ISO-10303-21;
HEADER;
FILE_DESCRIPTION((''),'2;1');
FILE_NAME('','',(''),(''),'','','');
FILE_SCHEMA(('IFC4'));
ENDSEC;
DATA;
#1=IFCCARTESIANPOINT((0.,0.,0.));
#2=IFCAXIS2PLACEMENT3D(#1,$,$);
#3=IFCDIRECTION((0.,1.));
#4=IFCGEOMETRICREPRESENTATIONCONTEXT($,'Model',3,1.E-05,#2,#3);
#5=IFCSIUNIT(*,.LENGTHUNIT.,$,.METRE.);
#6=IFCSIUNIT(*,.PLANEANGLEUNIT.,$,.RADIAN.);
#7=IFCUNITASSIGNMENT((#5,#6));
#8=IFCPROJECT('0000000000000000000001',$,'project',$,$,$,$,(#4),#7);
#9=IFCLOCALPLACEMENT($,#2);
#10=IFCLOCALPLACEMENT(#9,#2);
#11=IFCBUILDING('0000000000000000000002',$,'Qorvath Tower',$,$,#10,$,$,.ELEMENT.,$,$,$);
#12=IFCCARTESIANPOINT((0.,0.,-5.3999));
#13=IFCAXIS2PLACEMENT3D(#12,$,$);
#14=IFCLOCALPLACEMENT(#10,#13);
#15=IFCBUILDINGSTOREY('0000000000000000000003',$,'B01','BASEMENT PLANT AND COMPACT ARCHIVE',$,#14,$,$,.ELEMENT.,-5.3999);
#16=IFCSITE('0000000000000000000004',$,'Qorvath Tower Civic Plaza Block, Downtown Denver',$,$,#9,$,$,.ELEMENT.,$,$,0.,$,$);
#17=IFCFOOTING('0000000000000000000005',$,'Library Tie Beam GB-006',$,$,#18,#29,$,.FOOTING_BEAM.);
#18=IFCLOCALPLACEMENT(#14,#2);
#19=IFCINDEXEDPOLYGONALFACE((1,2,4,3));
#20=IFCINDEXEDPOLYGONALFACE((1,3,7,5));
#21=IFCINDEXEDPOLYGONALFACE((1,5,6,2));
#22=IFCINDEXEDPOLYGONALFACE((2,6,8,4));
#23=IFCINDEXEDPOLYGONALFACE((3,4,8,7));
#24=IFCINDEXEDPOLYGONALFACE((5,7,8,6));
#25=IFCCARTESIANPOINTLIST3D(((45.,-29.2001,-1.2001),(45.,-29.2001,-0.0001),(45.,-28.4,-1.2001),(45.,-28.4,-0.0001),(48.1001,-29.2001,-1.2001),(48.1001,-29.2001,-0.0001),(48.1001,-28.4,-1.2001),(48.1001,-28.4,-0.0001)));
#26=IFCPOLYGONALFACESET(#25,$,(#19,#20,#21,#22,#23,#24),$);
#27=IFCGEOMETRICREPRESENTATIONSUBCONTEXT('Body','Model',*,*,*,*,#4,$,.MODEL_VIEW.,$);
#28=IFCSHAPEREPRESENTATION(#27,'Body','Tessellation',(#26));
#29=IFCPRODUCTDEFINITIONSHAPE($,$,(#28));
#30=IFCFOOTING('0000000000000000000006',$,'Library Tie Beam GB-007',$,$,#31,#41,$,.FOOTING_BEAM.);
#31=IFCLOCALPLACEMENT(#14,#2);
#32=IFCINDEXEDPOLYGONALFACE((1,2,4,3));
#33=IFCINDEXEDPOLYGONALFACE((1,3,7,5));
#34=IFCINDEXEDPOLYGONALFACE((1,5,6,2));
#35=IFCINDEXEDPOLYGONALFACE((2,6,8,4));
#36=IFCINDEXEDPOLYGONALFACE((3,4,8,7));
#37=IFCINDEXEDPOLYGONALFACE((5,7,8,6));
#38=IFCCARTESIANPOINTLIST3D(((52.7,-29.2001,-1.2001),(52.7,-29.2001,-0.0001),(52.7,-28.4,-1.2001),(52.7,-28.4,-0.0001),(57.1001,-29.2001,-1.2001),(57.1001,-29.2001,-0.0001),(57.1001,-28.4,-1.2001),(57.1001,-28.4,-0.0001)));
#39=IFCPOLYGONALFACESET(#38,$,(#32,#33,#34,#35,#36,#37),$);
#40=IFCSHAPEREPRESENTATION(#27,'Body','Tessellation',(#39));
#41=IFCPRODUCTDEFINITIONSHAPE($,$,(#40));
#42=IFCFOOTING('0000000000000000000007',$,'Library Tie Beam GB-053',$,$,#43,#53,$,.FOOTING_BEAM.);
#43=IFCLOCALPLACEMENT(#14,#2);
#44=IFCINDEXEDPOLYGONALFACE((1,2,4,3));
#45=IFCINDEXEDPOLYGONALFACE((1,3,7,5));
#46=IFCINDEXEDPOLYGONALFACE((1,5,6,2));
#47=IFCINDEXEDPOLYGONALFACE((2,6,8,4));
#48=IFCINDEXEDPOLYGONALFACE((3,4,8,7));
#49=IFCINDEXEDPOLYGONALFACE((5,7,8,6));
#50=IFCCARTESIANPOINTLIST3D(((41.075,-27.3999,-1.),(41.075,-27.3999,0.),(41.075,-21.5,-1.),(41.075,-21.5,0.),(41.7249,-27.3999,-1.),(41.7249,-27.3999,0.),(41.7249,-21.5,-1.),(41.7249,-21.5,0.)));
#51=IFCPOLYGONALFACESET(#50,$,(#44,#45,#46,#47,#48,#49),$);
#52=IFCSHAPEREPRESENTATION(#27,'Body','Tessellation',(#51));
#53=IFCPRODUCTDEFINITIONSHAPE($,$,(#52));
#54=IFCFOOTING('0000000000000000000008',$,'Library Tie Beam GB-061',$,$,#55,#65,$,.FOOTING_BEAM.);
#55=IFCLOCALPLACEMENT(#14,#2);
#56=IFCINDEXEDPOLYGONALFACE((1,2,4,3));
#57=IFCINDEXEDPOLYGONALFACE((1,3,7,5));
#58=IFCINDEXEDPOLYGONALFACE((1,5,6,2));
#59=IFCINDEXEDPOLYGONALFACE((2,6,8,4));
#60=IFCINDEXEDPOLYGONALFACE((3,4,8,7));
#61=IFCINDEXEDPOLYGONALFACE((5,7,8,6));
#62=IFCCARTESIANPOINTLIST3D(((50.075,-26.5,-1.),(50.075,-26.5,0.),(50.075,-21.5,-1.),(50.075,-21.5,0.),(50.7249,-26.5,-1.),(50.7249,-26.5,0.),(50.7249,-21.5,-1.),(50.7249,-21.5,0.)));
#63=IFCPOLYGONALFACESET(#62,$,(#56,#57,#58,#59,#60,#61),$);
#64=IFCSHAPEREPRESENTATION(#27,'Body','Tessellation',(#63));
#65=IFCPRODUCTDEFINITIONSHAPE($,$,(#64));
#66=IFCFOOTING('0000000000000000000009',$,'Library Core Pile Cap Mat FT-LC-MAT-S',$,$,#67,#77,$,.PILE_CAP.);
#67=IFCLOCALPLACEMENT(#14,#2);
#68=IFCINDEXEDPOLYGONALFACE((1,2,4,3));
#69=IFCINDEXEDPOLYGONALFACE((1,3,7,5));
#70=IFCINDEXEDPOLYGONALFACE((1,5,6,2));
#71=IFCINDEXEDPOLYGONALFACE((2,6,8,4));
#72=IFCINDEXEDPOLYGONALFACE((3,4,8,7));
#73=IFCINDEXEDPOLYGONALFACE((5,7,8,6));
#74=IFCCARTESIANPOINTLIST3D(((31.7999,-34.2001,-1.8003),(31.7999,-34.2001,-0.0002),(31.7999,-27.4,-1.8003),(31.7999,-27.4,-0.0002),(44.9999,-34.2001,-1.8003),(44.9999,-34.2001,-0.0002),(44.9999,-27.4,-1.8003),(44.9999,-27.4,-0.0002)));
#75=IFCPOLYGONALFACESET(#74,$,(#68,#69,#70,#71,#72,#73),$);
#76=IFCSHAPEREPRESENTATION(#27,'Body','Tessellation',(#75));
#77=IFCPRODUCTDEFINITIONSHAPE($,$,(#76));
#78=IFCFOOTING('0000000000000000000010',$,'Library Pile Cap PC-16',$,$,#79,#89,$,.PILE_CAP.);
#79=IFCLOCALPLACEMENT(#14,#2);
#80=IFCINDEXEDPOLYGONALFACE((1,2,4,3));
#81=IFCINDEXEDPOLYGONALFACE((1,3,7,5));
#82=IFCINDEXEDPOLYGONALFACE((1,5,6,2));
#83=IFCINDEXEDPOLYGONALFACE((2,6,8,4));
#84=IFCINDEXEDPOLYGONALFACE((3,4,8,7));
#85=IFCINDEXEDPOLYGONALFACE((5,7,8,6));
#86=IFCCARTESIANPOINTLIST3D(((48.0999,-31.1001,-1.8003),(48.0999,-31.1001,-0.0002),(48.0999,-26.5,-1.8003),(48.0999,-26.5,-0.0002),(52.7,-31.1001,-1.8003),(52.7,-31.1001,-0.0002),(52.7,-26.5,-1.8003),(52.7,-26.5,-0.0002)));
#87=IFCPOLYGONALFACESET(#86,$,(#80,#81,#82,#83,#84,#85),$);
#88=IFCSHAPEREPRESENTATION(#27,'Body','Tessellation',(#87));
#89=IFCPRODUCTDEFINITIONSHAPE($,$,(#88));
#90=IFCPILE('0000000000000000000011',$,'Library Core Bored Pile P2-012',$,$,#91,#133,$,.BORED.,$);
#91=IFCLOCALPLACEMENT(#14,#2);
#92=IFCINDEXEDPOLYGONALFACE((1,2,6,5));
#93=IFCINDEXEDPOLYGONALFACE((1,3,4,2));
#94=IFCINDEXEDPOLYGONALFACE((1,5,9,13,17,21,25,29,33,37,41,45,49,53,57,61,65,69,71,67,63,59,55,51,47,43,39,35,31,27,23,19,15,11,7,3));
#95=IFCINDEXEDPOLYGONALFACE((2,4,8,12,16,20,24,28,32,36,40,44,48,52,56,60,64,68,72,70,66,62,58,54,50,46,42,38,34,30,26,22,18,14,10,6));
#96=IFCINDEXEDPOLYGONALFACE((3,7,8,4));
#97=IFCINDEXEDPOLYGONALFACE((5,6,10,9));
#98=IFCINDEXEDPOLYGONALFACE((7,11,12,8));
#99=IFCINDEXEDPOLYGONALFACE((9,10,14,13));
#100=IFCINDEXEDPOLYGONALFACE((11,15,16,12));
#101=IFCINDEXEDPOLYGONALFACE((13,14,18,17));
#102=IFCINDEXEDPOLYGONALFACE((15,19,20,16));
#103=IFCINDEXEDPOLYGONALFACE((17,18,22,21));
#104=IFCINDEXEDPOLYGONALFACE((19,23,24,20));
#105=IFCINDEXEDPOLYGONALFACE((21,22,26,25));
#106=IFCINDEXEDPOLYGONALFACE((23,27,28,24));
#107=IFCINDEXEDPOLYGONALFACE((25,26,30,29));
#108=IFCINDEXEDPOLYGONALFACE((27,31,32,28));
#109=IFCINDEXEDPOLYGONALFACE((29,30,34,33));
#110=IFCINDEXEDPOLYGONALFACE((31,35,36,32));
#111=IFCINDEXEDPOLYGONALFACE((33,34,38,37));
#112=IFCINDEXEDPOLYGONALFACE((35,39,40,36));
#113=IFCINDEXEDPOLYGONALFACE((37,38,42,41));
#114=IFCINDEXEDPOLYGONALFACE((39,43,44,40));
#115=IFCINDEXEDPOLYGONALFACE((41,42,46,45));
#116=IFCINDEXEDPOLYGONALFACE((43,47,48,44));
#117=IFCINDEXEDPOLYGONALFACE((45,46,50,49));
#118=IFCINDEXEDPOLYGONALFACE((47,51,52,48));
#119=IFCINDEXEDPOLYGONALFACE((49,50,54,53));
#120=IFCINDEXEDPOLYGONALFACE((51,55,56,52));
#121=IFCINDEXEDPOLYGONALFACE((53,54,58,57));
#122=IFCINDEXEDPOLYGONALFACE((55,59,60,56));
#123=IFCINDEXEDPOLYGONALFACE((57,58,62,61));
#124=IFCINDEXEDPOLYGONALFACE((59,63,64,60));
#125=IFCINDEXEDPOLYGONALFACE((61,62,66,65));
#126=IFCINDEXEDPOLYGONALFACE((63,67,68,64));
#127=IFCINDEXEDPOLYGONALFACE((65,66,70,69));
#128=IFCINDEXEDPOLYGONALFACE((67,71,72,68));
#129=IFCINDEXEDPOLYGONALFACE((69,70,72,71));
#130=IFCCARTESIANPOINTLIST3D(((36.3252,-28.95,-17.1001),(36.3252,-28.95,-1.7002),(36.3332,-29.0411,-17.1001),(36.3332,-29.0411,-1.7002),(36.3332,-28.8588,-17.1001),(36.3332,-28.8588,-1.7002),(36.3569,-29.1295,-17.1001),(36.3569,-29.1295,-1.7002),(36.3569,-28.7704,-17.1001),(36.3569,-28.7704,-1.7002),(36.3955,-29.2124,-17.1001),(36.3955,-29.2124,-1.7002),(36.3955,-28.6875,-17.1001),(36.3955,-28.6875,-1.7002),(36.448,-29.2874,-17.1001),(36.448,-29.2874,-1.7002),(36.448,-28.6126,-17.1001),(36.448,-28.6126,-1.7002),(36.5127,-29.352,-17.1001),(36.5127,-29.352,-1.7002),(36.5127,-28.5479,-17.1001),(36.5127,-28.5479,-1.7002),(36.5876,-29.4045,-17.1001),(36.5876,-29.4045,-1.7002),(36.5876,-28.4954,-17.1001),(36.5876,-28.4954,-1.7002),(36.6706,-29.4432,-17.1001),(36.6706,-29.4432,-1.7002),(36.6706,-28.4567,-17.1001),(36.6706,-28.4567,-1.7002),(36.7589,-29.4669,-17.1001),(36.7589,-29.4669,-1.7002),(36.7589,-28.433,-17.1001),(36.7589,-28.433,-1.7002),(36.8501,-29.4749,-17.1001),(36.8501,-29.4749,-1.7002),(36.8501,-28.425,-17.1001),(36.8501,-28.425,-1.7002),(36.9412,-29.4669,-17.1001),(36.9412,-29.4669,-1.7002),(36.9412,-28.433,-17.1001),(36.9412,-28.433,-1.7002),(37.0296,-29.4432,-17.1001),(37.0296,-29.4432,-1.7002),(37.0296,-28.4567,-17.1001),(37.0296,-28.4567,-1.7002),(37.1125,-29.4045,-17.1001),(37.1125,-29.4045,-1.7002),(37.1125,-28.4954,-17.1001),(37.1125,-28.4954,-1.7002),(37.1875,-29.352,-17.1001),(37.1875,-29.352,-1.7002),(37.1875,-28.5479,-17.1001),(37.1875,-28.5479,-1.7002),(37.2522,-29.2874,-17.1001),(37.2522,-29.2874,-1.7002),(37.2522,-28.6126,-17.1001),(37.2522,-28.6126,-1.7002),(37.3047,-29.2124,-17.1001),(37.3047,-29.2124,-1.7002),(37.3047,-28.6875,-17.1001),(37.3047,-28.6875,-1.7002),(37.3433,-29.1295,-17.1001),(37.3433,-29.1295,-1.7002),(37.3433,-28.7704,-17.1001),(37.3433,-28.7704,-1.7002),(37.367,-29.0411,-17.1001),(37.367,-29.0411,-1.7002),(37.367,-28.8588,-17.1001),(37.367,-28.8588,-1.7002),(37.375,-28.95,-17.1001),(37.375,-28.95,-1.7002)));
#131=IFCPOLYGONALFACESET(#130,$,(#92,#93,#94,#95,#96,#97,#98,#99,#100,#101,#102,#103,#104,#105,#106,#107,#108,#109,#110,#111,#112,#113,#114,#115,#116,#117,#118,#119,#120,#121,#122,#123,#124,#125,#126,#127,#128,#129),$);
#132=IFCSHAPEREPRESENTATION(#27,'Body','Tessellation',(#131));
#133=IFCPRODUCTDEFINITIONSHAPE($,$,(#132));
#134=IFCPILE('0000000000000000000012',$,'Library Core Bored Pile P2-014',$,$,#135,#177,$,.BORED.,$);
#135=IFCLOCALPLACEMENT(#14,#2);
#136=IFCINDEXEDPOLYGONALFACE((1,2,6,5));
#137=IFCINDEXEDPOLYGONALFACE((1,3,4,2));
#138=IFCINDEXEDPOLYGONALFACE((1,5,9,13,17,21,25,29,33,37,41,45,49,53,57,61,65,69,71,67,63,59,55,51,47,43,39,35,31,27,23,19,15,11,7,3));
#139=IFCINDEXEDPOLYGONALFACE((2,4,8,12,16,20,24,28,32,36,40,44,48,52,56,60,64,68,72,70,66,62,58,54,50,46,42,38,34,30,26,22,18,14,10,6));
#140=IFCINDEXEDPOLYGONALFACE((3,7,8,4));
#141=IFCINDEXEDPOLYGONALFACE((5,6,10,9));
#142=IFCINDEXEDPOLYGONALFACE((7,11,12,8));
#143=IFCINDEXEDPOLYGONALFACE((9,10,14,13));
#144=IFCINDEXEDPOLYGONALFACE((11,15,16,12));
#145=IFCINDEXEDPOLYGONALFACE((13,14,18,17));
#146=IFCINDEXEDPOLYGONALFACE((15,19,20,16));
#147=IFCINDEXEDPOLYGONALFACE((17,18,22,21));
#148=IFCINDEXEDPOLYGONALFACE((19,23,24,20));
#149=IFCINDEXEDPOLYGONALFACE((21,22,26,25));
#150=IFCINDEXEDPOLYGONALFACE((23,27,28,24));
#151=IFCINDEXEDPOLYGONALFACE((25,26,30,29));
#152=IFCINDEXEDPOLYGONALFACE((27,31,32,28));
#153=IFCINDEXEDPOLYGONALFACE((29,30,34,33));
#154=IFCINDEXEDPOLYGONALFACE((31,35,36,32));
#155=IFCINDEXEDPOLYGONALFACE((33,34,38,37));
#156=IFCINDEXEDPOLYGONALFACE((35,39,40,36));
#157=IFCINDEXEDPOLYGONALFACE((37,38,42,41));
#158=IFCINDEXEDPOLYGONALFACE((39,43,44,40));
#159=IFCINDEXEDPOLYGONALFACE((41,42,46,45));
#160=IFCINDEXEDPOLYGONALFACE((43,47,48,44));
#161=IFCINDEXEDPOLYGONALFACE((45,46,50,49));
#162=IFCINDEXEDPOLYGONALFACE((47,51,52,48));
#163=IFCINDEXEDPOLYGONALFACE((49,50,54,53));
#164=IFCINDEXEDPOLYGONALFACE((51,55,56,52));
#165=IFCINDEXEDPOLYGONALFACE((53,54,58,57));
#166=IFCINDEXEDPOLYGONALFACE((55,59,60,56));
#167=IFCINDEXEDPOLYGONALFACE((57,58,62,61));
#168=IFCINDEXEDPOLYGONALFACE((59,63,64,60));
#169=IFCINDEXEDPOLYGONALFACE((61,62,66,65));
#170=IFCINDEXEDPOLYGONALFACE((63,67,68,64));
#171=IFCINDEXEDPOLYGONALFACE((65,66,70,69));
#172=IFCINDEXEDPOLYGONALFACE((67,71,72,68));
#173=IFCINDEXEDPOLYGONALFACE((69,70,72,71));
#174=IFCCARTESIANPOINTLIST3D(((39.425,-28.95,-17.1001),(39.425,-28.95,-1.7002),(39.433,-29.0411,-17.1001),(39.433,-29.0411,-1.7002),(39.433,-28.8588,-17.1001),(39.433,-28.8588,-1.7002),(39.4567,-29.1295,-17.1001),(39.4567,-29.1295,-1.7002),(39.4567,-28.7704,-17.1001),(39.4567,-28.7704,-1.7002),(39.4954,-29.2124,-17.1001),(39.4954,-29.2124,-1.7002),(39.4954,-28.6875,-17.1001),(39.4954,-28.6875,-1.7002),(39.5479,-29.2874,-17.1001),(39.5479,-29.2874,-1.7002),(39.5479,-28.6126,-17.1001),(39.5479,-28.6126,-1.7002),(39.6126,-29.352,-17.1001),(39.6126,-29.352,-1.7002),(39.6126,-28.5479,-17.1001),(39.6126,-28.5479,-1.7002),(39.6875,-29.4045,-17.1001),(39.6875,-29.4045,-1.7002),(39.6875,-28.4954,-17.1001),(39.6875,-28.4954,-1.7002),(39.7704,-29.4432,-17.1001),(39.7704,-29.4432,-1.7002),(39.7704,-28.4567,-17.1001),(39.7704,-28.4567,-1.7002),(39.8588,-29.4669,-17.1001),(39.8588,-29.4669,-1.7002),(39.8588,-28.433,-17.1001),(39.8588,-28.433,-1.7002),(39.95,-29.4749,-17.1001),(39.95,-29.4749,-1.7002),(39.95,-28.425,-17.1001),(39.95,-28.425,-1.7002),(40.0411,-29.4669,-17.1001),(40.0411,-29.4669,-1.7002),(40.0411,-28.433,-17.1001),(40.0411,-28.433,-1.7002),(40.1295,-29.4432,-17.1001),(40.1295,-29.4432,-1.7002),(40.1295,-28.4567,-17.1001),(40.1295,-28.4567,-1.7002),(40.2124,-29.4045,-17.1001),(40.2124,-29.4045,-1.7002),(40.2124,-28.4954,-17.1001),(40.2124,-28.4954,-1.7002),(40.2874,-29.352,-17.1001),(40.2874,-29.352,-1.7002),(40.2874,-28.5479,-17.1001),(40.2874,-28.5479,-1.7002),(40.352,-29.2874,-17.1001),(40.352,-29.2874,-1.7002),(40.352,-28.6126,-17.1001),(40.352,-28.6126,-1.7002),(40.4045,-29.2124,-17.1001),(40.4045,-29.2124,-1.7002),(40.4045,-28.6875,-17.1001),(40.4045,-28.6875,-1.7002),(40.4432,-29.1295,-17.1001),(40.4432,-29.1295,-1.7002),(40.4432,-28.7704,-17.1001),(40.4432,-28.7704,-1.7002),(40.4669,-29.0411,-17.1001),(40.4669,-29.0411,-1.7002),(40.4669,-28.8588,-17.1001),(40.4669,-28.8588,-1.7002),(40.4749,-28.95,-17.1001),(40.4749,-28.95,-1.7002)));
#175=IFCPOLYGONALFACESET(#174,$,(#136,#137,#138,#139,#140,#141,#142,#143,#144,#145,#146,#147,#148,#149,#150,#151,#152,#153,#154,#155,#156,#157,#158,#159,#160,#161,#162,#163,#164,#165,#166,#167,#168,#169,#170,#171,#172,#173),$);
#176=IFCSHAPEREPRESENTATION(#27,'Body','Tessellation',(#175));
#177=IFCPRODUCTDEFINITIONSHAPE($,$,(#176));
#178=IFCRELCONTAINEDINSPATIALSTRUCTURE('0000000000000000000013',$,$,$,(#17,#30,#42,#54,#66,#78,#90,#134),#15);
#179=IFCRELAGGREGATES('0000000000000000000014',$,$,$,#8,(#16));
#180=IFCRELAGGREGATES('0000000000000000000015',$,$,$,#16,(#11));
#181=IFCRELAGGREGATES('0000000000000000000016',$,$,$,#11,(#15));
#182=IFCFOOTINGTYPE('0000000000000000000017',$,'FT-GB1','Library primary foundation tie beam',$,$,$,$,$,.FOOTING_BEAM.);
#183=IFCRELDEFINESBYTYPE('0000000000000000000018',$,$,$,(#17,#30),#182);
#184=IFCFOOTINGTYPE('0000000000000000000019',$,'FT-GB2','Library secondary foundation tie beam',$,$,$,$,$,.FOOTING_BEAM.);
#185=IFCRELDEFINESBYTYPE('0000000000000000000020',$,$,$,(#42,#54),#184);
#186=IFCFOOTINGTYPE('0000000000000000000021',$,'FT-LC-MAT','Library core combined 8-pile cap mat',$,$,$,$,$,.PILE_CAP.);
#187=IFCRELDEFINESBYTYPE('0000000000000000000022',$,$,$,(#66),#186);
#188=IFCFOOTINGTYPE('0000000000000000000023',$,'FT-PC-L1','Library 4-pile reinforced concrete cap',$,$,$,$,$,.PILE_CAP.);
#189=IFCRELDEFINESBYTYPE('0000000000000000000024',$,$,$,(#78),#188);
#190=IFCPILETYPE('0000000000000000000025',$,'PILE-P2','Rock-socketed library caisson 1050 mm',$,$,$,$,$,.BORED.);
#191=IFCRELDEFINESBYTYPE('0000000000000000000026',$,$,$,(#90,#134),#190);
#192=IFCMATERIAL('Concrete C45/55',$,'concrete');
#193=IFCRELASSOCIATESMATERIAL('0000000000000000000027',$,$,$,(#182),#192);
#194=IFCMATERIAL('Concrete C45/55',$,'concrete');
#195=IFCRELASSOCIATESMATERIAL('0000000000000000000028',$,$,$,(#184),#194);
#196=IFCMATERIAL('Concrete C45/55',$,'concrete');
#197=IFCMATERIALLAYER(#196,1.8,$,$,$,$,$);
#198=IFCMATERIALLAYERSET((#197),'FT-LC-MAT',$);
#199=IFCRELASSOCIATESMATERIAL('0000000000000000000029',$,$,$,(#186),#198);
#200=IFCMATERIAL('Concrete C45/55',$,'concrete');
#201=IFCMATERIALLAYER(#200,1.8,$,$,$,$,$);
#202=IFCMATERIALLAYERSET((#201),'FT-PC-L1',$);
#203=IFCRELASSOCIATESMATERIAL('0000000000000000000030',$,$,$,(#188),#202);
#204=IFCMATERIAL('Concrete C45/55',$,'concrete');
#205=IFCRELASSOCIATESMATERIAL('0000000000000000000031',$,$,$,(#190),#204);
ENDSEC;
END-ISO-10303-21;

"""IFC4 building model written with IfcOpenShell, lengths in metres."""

from ifc_helpers import new_model, si_unit, direction, frame, origin, origin_2d, place, context, subcontext, project, spatial, rectangle, circle, extrude, material, layer, layer_set, material_profile, profile_set, type_object, element, save


model = new_model("IFC4")

# Units and contexts
model_context = context("Model", 3, precision=1e-05, world=origin(), true_north=direction((0.0, 1.0)))
body_context = subcontext(model_context, "Body", "Model", "MODEL_VIEW")
ifc_project = project(units=[si_unit("LENGTHUNIT", "METRE"), si_unit("PLANEANGLEUNIT", "RADIAN")], contexts=[model_context])

# Site, building, storey
site_placement = place(None, origin())
site = spatial("IfcSite", under=ifc_project, at=site_placement, Name="Qorvath Tower Civic Plaza Block, Downtown Denver", CompositionType="ELEMENT", RefElevation=0.0)
building_placement = place(site_placement, origin())
building = spatial("IfcBuilding", under=site, at=building_placement, Name="Qorvath Tower", CompositionType="ELEMENT")
storey_placement = place(building_placement, frame((0.0, 0.0, -5.3999)))
storey = spatial("IfcBuildingStorey", under=building, at=storey_placement, Name="B01", Description="BASEMENT PLANT AND COMPACT ARCHIVE", CompositionType="ELEMENT", Elevation=-5.3999)

# Footings
ifc_material_1 = material(Name="Concrete C45/55", Category="concrete")
ifc_material_profile_1 = material_profile(ifc_material_1, rectangle(XDim=0.8, YDim=1.2, at=origin_2d()), Name="GB 800x1200")
ifc_profile_set_1 = profile_set([ifc_material_profile_1], Name="Concrete C45/55")
footing_type_1 = type_object("IfcFootingType", Name="FT-GB1", Description="Library primary foundation tie beam", PredefinedType="FOOTING_BEAM", material=ifc_profile_set_1)
footing_1_placement = place(storey_placement, frame((45.0, -28.8, -0.6001), z_axis=(1.0, 0.0, 0.0), x_axis=(0.0, 1.0, 0.0)))
element("IfcFooting", 1, at=footing_1_placement, inside=storey, type_object=footing_type_1, Name="Library Tie Beam GB-006", PredefinedType="FOOTING_BEAM", context=body_context, shape_type="SweptSolid", body=[
    extrude(rectangle(XDim=0.8, YDim=1.2, at=origin_2d()), origin(), (0.0, 0.0, 1.0), 3.1001),
])
footing_2_placement = place(storey_placement, frame((52.7, -28.8, -0.6001), z_axis=(1.0, 0.0, 0.0), x_axis=(0.0, 1.0, 0.0)))
element("IfcFooting", 2, at=footing_2_placement, inside=storey, type_object=footing_type_1, Name="Library Tie Beam GB-007", PredefinedType="FOOTING_BEAM", context=body_context, shape_type="SweptSolid", body=[
    extrude(rectangle(XDim=0.8, YDim=1.2, at=origin_2d()), origin(), (0.0, 0.0, 1.0), 4.4001),
])
ifc_material_2 = material(Name="Concrete C45/55", Category="concrete")
ifc_material_profile_2 = material_profile(ifc_material_2, rectangle(XDim=0.6499, YDim=1.0, at=origin_2d()), Name="GB 650x1000")
ifc_profile_set_2 = profile_set([ifc_material_profile_2], Name="Concrete C45/55")
footing_type_2 = type_object("IfcFootingType", Name="FT-GB2", Description="Library secondary foundation tie beam", PredefinedType="FOOTING_BEAM", material=ifc_profile_set_2)
footing_3_placement = place(storey_placement, frame((41.3999, -27.3999, -0.5), z_axis=(0.0, 1.0, 0.0), x_axis=(-1.0, 0.0, 0.0)))
element("IfcFooting", 3, at=footing_3_placement, inside=storey, type_object=footing_type_2, Name="Library Tie Beam GB-053", PredefinedType="FOOTING_BEAM", context=body_context, shape_type="SweptSolid", body=[
    extrude(rectangle(XDim=0.6499, YDim=1.0, at=origin_2d()), origin(), (0.0, 0.0, 1.0), 5.8999),
])
footing_4_placement = place(storey_placement, frame((50.3999, -26.5, -0.5), z_axis=(0.0, 1.0, 0.0), x_axis=(-1.0, 0.0, 0.0)))
element("IfcFooting", 4, at=footing_4_placement, inside=storey, type_object=footing_type_2, Name="Library Tie Beam GB-061", PredefinedType="FOOTING_BEAM", context=body_context, shape_type="SweptSolid", body=[
    extrude(rectangle(XDim=0.6499, YDim=1.0, at=origin_2d()), origin(), (0.0, 0.0, 1.0), 5.0),
])
ifc_material_3 = material(Name="Concrete C45/55", Category="concrete")
ifc_layer_1 = layer(ifc_material_3, 1.8)
ifc_layer_set_1 = layer_set([ifc_layer_1], Name="FT-LC-MAT")
footing_type_3 = type_object("IfcFootingType", Name="FT-LC-MAT", Description="Library core combined 8-pile cap mat", PredefinedType="PILE_CAP", material=ifc_layer_set_1)
footing_5_placement = place(storey_placement, frame((38.3999, -30.8, -1.8003), z_axis=(0.0, 0.0, 1.0), x_axis=(1.0, 0.0, 0.0)))
element("IfcFooting", 5, at=footing_5_placement, inside=storey, type_object=footing_type_3, Name="Library Core Pile Cap Mat FT-LC-MAT-S", PredefinedType="PILE_CAP", context=body_context, shape_type="SweptSolid", body=[
    extrude(rectangle(XDim=13.2, YDim=6.8, at=origin_2d()), origin(), (0.0, 0.0, 1.0), 1.8),
])
ifc_material_4 = material(Name="Concrete C45/55", Category="concrete")
ifc_layer_2 = layer(ifc_material_4, 1.8)
ifc_layer_set_2 = layer_set([ifc_layer_2], Name="FT-PC-L1")
footing_type_4 = type_object("IfcFootingType", Name="FT-PC-L1", Description="Library 4-pile reinforced concrete cap", PredefinedType="PILE_CAP", material=ifc_layer_set_2)
footing_6_placement = place(storey_placement, frame((50.3999, -28.8, -1.8003), z_axis=(0.0, 0.0, 1.0), x_axis=(1.0, 0.0, 0.0)))
element("IfcFooting", 6, at=footing_6_placement, inside=storey, type_object=footing_type_4, Name="Library Pile Cap PC-16", PredefinedType="PILE_CAP", context=body_context, shape_type="SweptSolid", body=[
    extrude(rectangle(XDim=4.6001, YDim=4.6001, at=origin_2d()), origin(), (0.0, 0.0, 1.0), 1.8),
])

# Piles
ifc_material_5 = material(Name="Concrete C45/55", Category="concrete")
ifc_material_profile_3 = material_profile(ifc_material_5, circle(Radius=0.5249, at=origin_2d()), Name="BORED PILE 1050")
ifc_profile_set_3 = profile_set([ifc_material_profile_3], Name="Concrete C45/55")
pile_type = type_object("IfcPileType", Name="PILE-P2", Description="Rock-socketed library caisson 1050 mm", PredefinedType="BORED", material=ifc_profile_set_3)
for number, where, z_axis, x_axis, name in (
    (7, (36.8501, -28.95, -1.7002), (0.0, 0.0, -1.0), (1.0, 0.0, 0.0), "Library Core Bored Pile P2-012"),
    (8, (39.95, -28.95, -1.7002), (0.0, 0.0, -1.0), (1.0, 0.0, 0.0), "Library Core Bored Pile P2-014"),
):
    element("IfcPile", number, at=place(storey_placement, frame(where, z_axis=z_axis, x_axis=x_axis)), inside=storey, type_object=pile_type, Name=name, PredefinedType="BORED", context=body_context, shape_type="SweptSolid", body=[
        extrude(circle(Radius=0.5249, at=origin_2d()), origin(), (0.0, 0.0, 1.0), 15.3999),
    ])

save(model, "model.ifc")
